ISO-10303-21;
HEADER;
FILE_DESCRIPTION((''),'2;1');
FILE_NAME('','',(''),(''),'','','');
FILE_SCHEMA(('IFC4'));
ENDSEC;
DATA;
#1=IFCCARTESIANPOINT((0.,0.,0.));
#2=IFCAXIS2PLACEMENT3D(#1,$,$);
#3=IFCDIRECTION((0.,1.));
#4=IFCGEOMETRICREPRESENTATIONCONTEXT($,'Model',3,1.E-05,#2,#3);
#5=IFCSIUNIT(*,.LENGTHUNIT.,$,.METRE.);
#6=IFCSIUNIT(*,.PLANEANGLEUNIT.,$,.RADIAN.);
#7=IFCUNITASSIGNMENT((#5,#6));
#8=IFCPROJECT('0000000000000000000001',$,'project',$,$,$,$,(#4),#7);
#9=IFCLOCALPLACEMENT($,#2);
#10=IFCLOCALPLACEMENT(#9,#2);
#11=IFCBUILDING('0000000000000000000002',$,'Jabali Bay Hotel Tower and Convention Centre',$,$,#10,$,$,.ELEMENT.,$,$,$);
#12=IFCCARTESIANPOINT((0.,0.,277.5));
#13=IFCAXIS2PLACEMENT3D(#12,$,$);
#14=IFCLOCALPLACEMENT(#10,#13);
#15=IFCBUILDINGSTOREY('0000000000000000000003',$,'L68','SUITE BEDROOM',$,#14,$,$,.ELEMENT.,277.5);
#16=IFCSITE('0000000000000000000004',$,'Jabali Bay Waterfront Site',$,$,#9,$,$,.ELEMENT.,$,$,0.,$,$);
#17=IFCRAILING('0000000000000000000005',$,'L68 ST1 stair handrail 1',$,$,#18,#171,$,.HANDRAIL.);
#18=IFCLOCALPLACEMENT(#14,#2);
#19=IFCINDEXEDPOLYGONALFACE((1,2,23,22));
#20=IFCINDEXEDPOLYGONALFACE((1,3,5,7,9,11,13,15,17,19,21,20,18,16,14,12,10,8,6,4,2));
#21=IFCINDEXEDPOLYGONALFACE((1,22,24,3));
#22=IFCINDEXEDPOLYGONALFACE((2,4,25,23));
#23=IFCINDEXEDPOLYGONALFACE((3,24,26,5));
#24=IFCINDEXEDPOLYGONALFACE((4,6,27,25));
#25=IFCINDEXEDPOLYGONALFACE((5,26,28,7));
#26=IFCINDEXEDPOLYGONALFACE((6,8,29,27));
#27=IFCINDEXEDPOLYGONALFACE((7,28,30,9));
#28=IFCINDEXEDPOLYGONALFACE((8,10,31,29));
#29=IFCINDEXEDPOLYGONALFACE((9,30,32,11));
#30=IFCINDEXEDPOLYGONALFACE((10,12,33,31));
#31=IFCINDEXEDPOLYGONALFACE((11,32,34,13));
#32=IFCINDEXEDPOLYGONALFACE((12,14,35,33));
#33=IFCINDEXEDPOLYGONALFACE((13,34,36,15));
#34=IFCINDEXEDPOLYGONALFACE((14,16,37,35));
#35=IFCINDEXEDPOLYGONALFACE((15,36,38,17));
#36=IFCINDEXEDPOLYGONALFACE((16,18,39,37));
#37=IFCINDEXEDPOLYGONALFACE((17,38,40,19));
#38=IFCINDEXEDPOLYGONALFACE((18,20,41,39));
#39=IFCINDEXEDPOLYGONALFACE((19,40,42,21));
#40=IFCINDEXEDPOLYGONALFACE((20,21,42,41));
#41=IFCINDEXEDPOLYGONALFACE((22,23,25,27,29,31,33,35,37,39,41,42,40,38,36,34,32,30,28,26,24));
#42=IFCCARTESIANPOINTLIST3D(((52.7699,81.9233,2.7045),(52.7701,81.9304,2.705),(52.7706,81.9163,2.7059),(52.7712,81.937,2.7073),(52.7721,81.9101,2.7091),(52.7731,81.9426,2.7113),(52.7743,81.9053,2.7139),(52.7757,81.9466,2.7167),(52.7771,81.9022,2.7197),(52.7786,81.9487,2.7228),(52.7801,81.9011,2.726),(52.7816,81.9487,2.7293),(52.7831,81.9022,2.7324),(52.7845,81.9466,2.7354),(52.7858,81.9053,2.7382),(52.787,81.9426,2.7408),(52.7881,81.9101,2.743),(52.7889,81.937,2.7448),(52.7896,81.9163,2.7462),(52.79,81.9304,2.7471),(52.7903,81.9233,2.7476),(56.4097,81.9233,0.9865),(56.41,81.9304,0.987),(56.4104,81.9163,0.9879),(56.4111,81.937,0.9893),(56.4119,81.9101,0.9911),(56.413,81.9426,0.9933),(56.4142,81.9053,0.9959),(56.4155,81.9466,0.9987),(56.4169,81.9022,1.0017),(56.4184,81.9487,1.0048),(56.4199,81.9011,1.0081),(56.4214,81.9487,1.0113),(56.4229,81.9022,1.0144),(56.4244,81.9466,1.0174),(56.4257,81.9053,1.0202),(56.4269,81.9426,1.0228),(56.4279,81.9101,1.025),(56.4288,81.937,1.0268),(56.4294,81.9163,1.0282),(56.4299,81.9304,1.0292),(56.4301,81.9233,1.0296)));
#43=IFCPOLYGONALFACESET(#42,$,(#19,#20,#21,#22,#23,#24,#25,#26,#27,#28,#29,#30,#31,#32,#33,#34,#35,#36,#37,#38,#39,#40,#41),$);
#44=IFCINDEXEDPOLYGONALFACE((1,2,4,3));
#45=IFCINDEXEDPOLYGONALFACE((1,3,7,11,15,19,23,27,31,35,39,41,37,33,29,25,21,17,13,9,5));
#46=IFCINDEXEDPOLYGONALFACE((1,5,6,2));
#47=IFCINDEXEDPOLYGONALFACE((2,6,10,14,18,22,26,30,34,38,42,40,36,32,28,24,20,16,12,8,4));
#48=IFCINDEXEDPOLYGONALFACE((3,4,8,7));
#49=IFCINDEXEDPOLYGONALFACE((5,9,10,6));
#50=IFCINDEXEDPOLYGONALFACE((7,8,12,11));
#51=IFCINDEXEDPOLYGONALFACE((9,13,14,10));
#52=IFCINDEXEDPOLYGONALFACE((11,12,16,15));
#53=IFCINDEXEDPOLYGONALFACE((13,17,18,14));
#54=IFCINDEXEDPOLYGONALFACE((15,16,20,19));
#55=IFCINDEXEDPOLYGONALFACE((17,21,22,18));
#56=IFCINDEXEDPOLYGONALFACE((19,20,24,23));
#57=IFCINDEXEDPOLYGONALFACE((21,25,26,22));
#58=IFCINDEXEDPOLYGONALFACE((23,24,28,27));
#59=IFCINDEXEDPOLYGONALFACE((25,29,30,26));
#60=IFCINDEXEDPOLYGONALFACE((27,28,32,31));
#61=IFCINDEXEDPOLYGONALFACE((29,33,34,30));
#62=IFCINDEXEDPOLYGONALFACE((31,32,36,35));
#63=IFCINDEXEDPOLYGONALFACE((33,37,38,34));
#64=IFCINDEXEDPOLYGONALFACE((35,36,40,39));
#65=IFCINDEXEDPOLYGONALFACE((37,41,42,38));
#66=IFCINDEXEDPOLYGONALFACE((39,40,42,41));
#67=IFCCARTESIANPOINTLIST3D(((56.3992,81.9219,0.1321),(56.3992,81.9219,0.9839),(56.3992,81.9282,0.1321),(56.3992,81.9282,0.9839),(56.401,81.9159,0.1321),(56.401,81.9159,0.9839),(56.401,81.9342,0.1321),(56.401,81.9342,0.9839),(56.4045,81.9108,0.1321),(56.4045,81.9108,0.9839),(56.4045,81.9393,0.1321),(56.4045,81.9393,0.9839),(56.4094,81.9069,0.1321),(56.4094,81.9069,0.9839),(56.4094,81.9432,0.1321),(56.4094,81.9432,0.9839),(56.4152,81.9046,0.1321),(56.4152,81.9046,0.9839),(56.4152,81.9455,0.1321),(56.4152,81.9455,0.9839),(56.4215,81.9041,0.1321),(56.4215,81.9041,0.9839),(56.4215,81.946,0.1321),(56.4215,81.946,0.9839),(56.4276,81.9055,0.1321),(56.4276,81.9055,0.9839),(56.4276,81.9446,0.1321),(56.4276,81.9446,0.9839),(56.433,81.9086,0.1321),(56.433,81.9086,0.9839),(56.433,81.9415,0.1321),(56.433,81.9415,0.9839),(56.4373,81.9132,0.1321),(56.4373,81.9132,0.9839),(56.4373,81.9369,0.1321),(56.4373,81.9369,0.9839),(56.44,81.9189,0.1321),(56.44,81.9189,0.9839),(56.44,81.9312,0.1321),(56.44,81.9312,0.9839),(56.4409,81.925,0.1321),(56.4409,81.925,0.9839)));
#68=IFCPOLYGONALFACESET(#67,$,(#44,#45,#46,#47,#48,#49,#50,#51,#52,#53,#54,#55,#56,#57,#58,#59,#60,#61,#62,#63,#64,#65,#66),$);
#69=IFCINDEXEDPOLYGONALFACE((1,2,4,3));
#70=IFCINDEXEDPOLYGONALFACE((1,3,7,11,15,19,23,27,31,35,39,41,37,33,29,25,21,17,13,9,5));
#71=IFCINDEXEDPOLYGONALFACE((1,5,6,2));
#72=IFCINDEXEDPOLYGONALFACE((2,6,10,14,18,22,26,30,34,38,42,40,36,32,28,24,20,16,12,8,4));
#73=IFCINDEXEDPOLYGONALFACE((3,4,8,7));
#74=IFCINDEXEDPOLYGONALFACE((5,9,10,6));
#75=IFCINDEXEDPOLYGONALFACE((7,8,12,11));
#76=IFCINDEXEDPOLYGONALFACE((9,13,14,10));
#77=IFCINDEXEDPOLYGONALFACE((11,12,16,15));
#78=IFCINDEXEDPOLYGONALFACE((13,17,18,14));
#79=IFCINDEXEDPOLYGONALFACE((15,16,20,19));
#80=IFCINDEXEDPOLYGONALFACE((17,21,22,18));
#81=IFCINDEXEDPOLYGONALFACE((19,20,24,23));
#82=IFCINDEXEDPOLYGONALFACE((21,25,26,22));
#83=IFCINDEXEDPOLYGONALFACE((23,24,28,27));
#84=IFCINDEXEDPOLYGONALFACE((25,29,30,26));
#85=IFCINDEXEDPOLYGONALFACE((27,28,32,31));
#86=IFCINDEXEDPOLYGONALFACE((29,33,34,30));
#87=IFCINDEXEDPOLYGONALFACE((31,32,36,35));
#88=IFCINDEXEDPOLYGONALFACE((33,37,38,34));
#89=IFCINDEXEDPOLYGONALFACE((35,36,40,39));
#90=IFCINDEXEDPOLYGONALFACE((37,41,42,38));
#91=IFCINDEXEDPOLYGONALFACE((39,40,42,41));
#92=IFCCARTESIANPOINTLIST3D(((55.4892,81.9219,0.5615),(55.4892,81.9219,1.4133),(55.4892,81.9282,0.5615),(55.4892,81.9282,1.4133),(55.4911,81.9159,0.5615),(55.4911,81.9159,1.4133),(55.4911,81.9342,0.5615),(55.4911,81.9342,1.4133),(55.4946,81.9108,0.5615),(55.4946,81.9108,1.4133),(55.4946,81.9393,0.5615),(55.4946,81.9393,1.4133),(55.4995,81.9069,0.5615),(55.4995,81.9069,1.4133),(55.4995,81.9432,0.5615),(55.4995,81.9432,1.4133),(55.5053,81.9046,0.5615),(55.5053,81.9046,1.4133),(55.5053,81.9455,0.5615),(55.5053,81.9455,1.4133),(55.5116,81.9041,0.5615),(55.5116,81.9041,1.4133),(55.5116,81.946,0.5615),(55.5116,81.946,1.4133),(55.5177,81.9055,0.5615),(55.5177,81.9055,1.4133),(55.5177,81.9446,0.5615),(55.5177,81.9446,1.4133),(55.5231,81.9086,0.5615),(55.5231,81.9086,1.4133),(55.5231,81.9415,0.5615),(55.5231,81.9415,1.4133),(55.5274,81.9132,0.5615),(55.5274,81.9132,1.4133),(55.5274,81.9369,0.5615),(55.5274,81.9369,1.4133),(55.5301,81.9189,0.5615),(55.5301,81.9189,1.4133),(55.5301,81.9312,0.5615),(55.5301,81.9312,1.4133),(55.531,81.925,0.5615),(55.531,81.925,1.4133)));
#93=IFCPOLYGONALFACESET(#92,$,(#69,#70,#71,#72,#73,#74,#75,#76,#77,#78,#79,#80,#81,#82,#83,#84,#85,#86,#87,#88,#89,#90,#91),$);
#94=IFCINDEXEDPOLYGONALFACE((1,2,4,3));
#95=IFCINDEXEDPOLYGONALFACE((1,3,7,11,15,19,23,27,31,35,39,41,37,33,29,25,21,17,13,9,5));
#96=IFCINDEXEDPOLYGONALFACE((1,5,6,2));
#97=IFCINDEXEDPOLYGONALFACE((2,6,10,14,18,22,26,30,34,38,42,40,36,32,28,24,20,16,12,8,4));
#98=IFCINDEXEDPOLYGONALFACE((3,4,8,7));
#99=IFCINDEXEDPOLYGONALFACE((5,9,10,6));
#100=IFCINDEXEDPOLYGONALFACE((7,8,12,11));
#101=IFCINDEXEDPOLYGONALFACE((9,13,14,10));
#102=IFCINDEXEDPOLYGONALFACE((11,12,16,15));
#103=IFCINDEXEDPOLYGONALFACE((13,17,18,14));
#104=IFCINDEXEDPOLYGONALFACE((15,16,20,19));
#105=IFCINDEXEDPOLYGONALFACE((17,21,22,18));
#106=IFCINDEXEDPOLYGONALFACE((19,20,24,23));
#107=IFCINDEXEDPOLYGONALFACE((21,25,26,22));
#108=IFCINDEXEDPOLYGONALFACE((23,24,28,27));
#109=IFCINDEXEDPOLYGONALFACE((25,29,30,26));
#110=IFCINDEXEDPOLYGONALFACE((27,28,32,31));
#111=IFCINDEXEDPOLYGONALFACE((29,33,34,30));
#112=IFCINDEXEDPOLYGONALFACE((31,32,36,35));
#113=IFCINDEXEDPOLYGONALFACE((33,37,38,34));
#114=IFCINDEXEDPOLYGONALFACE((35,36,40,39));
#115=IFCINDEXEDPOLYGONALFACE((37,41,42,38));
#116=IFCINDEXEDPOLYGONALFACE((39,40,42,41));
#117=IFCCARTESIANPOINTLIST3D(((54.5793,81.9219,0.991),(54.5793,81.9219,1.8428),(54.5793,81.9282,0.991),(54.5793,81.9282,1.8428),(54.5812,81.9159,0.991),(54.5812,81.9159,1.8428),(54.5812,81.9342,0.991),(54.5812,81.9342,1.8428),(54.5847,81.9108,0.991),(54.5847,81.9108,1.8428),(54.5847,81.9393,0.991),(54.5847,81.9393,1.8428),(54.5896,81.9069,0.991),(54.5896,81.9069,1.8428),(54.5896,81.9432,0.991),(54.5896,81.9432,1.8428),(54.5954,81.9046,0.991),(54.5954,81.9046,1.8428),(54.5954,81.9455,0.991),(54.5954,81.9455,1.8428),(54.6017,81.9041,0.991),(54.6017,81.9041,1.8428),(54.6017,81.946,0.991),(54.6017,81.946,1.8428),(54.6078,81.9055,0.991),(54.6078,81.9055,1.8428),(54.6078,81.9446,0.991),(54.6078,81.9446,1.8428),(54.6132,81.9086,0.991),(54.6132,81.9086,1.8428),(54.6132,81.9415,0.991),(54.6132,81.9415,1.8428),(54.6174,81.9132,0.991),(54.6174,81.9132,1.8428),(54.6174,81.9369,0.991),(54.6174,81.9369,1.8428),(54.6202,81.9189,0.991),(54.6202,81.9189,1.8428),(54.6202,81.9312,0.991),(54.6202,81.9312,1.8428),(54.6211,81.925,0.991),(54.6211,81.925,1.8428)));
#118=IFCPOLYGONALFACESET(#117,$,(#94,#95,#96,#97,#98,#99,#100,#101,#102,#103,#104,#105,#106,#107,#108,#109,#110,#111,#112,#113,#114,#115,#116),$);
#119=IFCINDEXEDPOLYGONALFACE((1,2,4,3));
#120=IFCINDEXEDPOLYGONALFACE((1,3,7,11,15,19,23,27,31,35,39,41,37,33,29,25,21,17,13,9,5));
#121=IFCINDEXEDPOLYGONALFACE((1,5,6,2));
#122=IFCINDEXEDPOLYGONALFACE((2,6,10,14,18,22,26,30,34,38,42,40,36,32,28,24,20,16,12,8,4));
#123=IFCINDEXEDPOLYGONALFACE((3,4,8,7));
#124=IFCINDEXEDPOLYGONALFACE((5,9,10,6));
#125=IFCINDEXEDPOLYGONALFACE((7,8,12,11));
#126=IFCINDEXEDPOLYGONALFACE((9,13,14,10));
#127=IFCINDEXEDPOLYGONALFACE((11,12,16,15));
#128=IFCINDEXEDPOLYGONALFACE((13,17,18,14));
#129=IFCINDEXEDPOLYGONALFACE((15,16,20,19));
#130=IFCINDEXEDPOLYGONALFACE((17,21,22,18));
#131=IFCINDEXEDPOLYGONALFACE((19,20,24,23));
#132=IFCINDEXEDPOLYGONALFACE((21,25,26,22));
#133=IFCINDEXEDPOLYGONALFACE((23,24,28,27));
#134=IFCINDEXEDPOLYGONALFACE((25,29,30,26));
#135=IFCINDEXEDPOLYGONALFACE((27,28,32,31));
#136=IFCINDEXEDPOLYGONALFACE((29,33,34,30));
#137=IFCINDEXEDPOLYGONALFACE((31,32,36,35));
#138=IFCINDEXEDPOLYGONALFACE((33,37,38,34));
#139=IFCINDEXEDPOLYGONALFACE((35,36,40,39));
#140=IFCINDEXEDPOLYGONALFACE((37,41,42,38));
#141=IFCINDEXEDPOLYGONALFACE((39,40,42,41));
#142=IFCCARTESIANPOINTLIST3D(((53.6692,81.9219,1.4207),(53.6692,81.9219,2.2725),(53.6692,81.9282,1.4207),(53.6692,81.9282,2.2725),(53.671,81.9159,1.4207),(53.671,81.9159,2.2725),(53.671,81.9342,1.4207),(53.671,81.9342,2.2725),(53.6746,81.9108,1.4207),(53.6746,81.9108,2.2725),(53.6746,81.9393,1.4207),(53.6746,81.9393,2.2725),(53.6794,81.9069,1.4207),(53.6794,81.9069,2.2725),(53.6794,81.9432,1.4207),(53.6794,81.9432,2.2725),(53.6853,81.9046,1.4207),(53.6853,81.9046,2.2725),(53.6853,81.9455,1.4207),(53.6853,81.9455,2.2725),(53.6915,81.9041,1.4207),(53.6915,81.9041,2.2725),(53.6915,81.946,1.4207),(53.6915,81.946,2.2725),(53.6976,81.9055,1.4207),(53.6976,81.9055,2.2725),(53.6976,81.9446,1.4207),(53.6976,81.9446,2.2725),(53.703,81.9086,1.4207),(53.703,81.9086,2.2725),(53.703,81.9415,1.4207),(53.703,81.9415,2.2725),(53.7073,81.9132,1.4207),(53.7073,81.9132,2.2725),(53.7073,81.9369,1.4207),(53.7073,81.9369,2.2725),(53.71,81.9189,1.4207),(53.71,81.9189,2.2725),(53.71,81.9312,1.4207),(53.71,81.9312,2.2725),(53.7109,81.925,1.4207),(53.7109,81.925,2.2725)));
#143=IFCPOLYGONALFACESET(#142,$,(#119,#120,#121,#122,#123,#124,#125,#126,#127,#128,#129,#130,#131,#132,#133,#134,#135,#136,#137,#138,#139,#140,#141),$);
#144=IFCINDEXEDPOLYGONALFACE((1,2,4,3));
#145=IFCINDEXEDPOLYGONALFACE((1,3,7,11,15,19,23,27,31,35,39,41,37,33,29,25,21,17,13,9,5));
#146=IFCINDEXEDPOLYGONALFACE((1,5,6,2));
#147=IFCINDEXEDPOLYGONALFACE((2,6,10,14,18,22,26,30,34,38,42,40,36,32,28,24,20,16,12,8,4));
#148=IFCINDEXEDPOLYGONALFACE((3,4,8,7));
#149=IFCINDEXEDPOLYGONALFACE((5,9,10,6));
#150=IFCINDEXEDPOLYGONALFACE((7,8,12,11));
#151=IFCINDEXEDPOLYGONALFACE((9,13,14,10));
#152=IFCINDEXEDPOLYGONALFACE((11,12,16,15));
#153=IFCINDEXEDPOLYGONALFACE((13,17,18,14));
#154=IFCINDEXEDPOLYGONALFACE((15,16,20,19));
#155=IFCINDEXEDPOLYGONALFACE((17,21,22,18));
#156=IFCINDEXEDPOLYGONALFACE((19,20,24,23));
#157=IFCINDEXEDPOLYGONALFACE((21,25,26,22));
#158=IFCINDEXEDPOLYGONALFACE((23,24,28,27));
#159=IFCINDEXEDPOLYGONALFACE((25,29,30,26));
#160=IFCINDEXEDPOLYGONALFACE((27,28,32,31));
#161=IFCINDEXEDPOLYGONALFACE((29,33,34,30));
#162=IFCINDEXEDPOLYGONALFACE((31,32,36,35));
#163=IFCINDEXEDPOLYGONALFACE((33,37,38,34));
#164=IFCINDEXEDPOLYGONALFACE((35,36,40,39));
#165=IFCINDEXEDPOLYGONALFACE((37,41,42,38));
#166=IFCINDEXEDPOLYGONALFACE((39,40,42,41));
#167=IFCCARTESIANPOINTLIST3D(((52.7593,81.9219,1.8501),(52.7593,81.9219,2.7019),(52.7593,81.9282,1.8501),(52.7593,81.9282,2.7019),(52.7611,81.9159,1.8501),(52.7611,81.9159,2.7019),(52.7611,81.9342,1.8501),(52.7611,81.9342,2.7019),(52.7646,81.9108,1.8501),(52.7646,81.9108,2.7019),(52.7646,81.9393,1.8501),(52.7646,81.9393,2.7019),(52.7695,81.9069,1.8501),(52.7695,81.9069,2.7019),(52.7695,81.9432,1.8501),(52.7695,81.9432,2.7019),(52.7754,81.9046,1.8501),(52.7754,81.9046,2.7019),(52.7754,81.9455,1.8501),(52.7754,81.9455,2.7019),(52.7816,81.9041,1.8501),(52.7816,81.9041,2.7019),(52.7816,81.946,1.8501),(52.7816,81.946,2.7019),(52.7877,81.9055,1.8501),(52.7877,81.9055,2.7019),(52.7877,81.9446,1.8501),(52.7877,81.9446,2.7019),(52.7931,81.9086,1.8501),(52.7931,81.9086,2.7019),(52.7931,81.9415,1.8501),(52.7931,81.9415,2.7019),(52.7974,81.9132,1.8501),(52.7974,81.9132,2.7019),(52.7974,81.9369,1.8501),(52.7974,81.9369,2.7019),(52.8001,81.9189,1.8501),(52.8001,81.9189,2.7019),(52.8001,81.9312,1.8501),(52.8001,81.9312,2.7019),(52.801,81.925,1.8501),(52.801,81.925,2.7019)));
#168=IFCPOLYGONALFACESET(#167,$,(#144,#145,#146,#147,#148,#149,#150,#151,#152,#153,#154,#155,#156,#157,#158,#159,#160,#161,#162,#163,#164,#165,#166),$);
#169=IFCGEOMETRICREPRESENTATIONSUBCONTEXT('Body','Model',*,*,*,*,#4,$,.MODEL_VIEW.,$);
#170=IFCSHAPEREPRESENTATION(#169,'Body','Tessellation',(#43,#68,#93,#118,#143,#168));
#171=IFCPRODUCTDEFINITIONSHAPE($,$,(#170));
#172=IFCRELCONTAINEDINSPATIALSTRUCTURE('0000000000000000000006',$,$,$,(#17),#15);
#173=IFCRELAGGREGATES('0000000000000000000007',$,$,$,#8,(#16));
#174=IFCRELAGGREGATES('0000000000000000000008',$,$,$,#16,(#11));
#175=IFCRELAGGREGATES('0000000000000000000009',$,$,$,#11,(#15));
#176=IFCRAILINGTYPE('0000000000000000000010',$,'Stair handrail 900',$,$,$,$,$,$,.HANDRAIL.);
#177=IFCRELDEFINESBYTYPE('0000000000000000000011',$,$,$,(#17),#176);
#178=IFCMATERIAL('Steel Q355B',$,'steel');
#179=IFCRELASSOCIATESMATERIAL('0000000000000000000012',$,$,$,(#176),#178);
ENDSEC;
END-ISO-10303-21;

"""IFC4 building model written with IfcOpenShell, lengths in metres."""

from ifc_helpers import new_model, si_unit, direction, frame, origin, origin_2d, place, context, subcontext, project, spatial, circle, extrude, material, type_object, element, save


model = new_model("IFC4")

# Units and contexts
model_context = context("Model", 3, precision=1e-05, world=origin(), true_north=direction((0.0, 1.0)))
body_context = subcontext(model_context, "Body", "Model", "MODEL_VIEW")
ifc_project = project(units=[si_unit("LENGTHUNIT", "METRE"), si_unit("PLANEANGLEUNIT", "RADIAN")], contexts=[model_context])

# Site, building, storey
site_placement = place(None, origin())
site = spatial("IfcSite", under=ifc_project, at=site_placement, Name="Jabali Bay Waterfront Site", CompositionType="ELEMENT", RefElevation=0.0)
building_placement = place(site_placement, origin())
building = spatial("IfcBuilding", under=site, at=building_placement, Name="Jabali Bay Hotel Tower and Convention Centre", CompositionType="ELEMENT")
storey_placement = place(building_placement, frame((0.0, 0.0, 277.5)))
storey = spatial("IfcBuildingStorey", under=building, at=storey_placement, Name="L68", Description="SUITE BEDROOM", CompositionType="ELEMENT", Elevation=277.5)

# Railing
ifc_material_1 = material(Name="Steel Q355B", Category="steel")
railing_type_1 = type_object("IfcRailingType", Name="Stair handrail 900", PredefinedType="HANDRAIL", material=ifc_material_1)
railing_1_placement = place(storey_placement, frame((56.4199, 81.925, 0.1321)))
element("IfcRailing", 1, at=railing_1_placement, inside=storey, type_object=railing_type_1, Name="L68 ST1 stair handrail 1", PredefinedType="HANDRAIL", context=body_context, shape_type="SweptSolid", body=[
    extrude(circle(Radius=0.0239, at=origin_2d()), frame((0.0, 0.0, 0.876), z_axis=(-0.904327, 0.0, 0.42684), x_axis=(0.0, -1.0, 0.0)), (0.0, 0.0, 1.0), 4.0249),
    extrude(circle(Radius=0.021, at=origin_2d()), origin(), (0.0, 0.0, 1.0), 0.8518),
    extrude(circle(Radius=0.021, at=origin_2d()), frame((-0.9099, 0.0, 0.4294)), (0.0, 0.0, 1.0), 0.8518),
    extrude(circle(Radius=0.021, at=origin_2d()), frame((-1.8198, 0.0, 0.8589)), (0.0, 0.0, 1.0), 0.8518),
    extrude(circle(Radius=0.021, at=origin_2d()), frame((-2.73, 0.0, 1.2886)), (0.0, 0.0, 1.0), 0.8518),
    extrude(circle(Radius=0.021, at=origin_2d()), frame((-3.6399, 0.0, 1.718)), (0.0, 0.0, 1.0), 0.8518),
])

save(model, "model.ifc")
